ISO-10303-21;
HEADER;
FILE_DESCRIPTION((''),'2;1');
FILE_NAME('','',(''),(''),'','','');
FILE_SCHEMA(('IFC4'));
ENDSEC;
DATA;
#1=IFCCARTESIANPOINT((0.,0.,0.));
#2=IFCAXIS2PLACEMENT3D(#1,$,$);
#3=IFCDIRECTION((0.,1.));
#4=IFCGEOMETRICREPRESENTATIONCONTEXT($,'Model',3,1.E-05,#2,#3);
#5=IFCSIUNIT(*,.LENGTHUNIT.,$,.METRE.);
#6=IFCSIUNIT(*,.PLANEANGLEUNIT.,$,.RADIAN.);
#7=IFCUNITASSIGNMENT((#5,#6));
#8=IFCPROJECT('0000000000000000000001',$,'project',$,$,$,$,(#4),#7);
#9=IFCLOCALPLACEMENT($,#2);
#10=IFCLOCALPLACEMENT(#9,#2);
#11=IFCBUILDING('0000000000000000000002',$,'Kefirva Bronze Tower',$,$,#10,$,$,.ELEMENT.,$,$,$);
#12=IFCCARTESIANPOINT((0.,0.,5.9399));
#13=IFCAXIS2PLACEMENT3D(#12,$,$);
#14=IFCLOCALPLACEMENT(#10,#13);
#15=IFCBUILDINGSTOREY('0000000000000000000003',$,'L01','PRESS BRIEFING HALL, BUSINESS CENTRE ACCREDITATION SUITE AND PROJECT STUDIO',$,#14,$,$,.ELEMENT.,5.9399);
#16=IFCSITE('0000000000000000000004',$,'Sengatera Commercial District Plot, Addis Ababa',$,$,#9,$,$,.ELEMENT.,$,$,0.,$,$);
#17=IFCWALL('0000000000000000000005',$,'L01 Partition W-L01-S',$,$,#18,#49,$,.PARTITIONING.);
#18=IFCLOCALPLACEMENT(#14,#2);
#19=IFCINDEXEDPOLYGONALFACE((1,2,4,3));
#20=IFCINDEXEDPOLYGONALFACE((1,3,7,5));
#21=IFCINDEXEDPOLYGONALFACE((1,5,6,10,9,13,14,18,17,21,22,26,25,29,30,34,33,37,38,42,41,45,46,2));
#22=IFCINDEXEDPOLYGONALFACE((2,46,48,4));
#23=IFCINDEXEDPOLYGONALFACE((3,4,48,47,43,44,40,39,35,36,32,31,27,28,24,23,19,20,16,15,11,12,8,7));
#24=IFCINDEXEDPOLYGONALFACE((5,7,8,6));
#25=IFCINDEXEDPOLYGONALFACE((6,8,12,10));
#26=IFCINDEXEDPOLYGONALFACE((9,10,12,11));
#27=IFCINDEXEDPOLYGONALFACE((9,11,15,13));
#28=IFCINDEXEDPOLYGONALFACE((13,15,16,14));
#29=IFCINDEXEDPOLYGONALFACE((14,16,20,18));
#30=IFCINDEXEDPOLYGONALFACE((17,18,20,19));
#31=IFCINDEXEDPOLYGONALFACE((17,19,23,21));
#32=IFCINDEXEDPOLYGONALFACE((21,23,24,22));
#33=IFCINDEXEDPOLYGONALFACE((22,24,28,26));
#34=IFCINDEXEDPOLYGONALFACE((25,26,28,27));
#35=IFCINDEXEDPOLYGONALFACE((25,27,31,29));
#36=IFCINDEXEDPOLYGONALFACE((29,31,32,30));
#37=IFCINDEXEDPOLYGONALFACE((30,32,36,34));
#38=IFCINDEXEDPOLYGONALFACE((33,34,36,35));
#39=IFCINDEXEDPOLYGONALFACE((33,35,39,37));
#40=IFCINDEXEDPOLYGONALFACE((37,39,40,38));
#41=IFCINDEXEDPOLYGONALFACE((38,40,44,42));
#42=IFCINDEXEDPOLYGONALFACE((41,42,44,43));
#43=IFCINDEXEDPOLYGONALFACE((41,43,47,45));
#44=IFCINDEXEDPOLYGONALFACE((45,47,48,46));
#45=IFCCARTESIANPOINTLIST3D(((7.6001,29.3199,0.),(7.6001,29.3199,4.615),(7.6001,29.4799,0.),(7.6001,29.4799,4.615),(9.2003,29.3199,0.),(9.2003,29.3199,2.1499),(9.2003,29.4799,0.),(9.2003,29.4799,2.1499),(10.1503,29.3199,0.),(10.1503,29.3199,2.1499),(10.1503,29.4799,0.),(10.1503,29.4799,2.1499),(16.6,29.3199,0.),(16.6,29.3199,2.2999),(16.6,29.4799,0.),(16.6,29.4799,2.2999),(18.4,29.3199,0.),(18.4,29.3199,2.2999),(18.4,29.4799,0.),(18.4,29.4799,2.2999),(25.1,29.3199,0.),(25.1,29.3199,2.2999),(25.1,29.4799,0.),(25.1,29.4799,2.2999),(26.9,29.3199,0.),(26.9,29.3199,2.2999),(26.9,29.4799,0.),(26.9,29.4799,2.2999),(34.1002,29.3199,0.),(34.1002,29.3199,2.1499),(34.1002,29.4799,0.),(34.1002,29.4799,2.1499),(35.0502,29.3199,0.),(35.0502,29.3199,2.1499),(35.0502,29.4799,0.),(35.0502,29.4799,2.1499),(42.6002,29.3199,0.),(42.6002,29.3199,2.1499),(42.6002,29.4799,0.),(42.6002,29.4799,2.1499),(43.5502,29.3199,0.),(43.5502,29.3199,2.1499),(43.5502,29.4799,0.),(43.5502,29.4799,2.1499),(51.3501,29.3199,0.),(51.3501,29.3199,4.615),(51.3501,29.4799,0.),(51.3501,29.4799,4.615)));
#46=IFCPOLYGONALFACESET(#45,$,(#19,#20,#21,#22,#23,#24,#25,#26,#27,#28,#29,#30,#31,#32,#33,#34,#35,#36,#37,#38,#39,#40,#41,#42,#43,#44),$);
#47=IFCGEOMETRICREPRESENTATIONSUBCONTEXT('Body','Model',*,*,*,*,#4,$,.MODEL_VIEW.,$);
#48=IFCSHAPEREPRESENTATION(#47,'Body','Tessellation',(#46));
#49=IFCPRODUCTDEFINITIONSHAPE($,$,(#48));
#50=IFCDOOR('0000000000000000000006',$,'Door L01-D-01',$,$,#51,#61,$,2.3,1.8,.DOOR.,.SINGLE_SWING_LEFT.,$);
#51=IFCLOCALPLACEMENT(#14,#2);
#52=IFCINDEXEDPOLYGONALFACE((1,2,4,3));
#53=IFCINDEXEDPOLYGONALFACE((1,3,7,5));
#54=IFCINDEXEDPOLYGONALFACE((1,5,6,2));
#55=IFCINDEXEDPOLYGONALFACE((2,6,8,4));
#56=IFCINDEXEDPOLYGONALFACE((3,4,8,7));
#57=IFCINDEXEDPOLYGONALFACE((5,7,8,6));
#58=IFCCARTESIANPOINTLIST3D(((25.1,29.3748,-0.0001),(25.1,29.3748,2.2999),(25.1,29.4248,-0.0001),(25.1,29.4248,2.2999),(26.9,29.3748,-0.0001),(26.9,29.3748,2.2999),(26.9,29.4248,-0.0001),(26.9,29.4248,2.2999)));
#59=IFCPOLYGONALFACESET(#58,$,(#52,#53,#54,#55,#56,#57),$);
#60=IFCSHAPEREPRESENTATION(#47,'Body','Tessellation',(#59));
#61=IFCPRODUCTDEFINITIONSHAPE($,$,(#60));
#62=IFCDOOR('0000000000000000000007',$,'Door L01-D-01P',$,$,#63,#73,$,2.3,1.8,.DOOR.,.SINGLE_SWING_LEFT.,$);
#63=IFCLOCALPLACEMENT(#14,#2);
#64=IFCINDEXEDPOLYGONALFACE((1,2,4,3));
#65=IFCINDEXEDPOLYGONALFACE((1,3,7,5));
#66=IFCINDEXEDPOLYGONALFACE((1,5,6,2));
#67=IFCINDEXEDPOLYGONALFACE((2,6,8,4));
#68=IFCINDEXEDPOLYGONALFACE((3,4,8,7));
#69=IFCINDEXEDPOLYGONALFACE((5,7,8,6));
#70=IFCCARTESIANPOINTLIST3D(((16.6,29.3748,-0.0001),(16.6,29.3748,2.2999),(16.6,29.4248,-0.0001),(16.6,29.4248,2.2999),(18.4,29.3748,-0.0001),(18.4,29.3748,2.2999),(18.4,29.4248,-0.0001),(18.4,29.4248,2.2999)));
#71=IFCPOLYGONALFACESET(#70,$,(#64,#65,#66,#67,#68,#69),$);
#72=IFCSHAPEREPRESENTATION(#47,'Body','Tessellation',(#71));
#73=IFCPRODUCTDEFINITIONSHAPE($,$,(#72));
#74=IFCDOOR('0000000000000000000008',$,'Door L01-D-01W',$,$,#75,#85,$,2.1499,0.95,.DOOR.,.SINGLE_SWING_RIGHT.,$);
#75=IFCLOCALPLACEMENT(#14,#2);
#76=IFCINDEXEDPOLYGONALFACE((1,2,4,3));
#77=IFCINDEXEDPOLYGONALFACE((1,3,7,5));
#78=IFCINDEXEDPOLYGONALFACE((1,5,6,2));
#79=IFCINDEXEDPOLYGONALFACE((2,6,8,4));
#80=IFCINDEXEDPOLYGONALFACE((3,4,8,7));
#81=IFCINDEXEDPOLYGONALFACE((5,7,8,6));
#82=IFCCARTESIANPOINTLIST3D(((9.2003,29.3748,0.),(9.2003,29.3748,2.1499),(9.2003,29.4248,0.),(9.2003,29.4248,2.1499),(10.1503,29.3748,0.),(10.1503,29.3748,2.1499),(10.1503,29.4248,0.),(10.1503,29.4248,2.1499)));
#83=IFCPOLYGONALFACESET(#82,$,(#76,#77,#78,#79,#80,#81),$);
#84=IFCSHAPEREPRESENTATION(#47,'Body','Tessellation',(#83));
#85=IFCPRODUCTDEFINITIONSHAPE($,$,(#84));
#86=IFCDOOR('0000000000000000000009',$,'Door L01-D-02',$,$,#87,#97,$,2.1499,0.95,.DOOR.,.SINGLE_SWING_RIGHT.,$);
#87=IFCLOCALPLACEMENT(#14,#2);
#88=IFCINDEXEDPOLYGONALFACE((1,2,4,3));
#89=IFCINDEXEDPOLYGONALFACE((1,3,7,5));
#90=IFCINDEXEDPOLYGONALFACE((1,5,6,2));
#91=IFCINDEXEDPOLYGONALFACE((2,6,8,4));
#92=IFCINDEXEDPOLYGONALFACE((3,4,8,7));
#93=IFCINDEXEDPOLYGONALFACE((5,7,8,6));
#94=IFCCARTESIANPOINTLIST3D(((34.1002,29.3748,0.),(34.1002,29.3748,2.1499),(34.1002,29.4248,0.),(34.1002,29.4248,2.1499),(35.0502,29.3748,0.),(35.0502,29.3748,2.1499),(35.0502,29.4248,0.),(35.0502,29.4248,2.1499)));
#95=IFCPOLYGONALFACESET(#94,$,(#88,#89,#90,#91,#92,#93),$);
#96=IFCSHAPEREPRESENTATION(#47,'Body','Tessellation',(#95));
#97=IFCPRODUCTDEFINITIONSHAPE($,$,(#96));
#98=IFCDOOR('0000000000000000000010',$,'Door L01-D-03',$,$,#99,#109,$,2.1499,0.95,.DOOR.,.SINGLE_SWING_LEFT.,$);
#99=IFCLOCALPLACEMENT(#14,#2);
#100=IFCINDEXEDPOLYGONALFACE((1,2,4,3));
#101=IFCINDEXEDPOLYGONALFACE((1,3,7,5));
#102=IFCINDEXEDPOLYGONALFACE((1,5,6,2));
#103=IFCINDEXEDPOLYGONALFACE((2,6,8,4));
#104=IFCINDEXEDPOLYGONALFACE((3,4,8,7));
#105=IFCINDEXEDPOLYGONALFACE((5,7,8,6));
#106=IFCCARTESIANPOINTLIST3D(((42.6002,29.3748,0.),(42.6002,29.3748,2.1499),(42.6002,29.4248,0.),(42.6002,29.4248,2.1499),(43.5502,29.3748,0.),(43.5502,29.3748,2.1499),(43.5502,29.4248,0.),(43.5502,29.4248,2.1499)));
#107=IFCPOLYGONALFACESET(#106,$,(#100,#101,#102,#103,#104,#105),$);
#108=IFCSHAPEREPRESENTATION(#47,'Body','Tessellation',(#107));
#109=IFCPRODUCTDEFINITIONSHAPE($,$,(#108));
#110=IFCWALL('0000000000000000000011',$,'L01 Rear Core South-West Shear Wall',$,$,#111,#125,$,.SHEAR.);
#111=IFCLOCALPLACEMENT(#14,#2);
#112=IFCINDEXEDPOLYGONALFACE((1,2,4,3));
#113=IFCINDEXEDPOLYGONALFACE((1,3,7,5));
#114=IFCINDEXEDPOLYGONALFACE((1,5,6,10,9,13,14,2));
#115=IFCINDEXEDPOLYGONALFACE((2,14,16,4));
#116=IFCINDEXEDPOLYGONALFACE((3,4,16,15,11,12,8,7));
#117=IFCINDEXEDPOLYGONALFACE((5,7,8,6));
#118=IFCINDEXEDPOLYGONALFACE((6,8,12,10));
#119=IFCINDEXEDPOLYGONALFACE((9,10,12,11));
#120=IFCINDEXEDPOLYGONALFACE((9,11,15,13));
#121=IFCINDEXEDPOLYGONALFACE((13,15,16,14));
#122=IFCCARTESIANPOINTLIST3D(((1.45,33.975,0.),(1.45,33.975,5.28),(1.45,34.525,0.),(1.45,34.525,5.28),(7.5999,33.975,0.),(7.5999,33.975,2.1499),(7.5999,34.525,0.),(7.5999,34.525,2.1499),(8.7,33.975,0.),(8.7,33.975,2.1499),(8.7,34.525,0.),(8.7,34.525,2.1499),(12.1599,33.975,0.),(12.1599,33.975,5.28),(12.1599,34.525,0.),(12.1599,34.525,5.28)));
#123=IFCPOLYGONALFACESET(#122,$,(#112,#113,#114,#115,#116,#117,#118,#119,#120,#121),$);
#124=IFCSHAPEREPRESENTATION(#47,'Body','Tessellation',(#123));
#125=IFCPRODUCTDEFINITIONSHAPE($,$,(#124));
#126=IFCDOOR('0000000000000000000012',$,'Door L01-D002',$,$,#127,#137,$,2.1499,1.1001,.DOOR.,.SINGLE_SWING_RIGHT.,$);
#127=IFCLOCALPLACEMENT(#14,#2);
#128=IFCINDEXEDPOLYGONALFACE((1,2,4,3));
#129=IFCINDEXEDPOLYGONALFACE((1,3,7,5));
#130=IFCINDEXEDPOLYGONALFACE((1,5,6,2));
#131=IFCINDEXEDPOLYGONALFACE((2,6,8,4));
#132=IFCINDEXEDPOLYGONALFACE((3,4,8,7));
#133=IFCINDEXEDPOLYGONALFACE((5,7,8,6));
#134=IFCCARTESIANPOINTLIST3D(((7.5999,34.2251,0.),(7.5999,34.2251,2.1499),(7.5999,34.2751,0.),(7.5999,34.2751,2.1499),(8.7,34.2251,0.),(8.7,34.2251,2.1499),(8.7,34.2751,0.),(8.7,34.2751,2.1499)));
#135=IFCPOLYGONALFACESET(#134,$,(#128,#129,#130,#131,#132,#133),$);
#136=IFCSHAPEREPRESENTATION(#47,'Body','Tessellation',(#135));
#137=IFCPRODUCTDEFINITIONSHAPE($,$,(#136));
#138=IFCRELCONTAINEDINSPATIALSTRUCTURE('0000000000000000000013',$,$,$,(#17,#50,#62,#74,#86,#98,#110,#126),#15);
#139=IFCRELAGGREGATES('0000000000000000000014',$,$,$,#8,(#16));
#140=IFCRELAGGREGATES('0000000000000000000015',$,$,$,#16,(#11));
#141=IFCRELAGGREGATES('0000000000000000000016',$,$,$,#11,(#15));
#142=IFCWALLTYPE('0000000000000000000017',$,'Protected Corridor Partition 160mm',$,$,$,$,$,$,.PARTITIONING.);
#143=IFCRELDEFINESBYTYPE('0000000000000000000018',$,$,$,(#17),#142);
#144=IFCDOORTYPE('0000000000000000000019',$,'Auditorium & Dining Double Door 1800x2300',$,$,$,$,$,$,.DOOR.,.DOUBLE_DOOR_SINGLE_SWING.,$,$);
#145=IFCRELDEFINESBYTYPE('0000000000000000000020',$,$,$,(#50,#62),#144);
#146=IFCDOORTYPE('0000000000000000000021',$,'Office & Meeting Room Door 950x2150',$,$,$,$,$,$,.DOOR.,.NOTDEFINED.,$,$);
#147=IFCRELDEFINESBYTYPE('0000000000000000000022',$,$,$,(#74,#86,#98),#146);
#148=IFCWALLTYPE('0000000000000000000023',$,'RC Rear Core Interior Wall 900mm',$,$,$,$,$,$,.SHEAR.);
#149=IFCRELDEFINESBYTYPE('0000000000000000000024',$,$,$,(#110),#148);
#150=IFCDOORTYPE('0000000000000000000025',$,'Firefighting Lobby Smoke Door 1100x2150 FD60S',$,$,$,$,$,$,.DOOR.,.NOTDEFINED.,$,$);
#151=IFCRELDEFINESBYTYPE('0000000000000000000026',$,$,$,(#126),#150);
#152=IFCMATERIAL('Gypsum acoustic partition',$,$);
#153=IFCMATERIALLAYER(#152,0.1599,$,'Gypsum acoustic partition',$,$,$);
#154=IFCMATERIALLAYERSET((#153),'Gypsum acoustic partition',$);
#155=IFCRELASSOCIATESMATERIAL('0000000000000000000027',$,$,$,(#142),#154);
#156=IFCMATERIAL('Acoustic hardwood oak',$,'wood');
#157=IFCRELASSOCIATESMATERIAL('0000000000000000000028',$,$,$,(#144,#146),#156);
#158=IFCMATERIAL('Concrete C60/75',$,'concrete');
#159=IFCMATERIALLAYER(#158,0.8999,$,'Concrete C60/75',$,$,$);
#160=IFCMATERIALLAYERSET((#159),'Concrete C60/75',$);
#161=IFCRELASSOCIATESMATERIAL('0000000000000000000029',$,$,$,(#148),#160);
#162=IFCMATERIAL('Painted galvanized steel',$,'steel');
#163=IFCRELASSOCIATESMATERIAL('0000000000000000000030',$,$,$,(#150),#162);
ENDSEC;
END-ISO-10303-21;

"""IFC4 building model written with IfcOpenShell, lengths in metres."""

from ifc_helpers import new_model, si_unit, direction, frame, frame_2d, origin, place, context, subcontext, project, spatial, rectangle, extrude, material, layer, layer_set, type_object, element, fill, save


model = new_model("IFC4")

# Units and contexts
model_context = context("Model", 3, precision=1e-05, world=origin(), true_north=direction((0.0, 1.0)))
body_context = subcontext(model_context, "Body", "Model", "MODEL_VIEW")
ifc_project = project(units=[si_unit("LENGTHUNIT", "METRE"), si_unit("PLANEANGLEUNIT", "RADIAN")], contexts=[model_context])

# Site, building, storey
site_placement = place(None, origin())
site = spatial("IfcSite", under=ifc_project, at=site_placement, Name="Sengatera Commercial District Plot, Addis Ababa", CompositionType="ELEMENT", RefElevation=0.0)
building_placement = place(site_placement, origin())
building = spatial("IfcBuilding", under=site, at=building_placement, Name="Kefirva Bronze Tower", CompositionType="ELEMENT")
storey_placement = place(building_placement, frame((0.0, 0.0, 5.9399)))
storey = spatial("IfcBuildingStorey", under=building, at=storey_placement, Name="L01", Description="PRESS BRIEFING HALL, BUSINESS CENTRE ACCREDITATION SUITE AND PROJECT STUDIO", CompositionType="ELEMENT", Elevation=5.9399)

# Shared definitions
ifc_material_1 = material(Name="Concrete C60/75", Category="concrete")

# Wall, openings, doors
ifc_material_2 = material(Name="Gypsum acoustic partition")
ifc_layer_1 = layer(ifc_material_2, 0.1599, Name="Gypsum acoustic partition")
ifc_layer_set_1 = layer_set([ifc_layer_1], Name="Gypsum acoustic partition")
wall_type_1 = type_object("IfcWallType", Name="Protected Corridor Partition 160mm", PredefinedType="PARTITIONING", material=ifc_layer_set_1)
wall_1_placement = place(storey_placement, frame((7.6001, 29.3999, 0.0), z_axis=(0.0, 0.0, 1.0), x_axis=(1.0, 0.0, 0.0)))
wall_1 = element("IfcWall", 1, at=wall_1_placement, inside=storey, type_object=wall_type_1, Name="L01 Partition W-L01-S", PredefinedType="PARTITIONING", context=body_context, shape_type="SweptSolid", body=[
    extrude(rectangle(XDim=43.75, YDim=0.1599, at=frame_2d((21.875, 0.0))), origin(), (0.0, 0.0, 1.0), 4.615),
])
opening_1_placement = place(wall_1_placement, frame((17.5, 0.0, 0.0)))
opening_1 = element("IfcOpeningElement", 2, at=opening_1_placement, cuts=wall_1, PredefinedType="OPENING", context=body_context, shape_type="SweptSolid", body=[
    extrude(rectangle(XDim=1.8, YDim=2.3, at=frame_2d((0.8999, 1.1499))), frame((0.0, 0.0898, 0.0), z_axis=(0.0, -1.0, 0.0), x_axis=(1.0, 0.0, 0.0)), (0.0, 0.0, 1.0), 0.1799),
])
opening_2_placement = place(wall_1_placement, frame((1.6001, 0.0, 0.0)))
opening_2 = element("IfcOpeningElement", 3, at=opening_2_placement, cuts=wall_1, PredefinedType="OPENING", context=body_context, shape_type="SweptSolid", body=[
    extrude(rectangle(XDim=0.95, YDim=2.1499, at=frame_2d((0.4751, 1.075))), frame((0.0, 0.0898, 0.0), z_axis=(0.0, -1.0, 0.0), x_axis=(1.0, 0.0, 0.0)), (0.0, 0.0, 1.0), 0.1799),
])
opening_3_placement = place(wall_1_placement, frame((9.0, 0.0, 0.0)))
opening_3 = element("IfcOpeningElement", 4, at=opening_3_placement, cuts=wall_1, PredefinedType="OPENING", context=body_context, shape_type="SweptSolid", body=[
    extrude(rectangle(XDim=1.8, YDim=2.3, at=frame_2d((0.8999, 1.1499))), frame((0.0, 0.0898, 0.0), z_axis=(0.0, -1.0, 0.0), x_axis=(1.0, 0.0, 0.0)), (0.0, 0.0, 1.0), 0.1799),
])
opening_4_placement = place(wall_1_placement, frame((26.5, 0.0, 0.0)))
opening_4 = element("IfcOpeningElement", 5, at=opening_4_placement, cuts=wall_1, PredefinedType="OPENING", context=body_context, shape_type="SweptSolid", body=[
    extrude(rectangle(XDim=0.95, YDim=2.1499, at=frame_2d((0.4751, 1.075))), frame((0.0, 0.0898, 0.0), z_axis=(0.0, -1.0, 0.0), x_axis=(1.0, 0.0, 0.0)), (0.0, 0.0, 1.0), 0.1799),
])
opening_5_placement = place(wall_1_placement, frame((35.0, 0.0, 0.0)))
opening_5 = element("IfcOpeningElement", 6, at=opening_5_placement, cuts=wall_1, PredefinedType="OPENING", context=body_context, shape_type="SweptSolid", body=[
    extrude(rectangle(XDim=0.95, YDim=2.1499, at=frame_2d((0.4751, 1.075))), frame((0.0, 0.0898, 0.0), z_axis=(0.0, -1.0, 0.0), x_axis=(1.0, 0.0, 0.0)), (0.0, 0.0, 1.0), 0.1799),
])
ifc_material_3 = material(Name="Acoustic hardwood oak", Category="wood")
door_type_1 = type_object("IfcDoorType", Name="Auditorium & Dining Double Door 1800x2300", OperationType="DOUBLE_DOOR_SINGLE_SWING", PredefinedType="DOOR", material=ifc_material_3)
door_1_placement = place(opening_1_placement, origin())
door_1 = element("IfcDoor", 7, at=door_1_placement, inside=storey, type_object=door_type_1, Name="Door L01-D-01", OperationType="SINGLE_SWING_LEFT", OverallHeight=2.3, OverallWidth=1.8, PredefinedType="DOOR", context=body_context, shape_type="SweptSolid", body=[
    extrude(rectangle(XDim=1.8, YDim=2.3, at=frame_2d((0.8999, 1.1499))), frame((0.0, 0.0249, 0.0), z_axis=(0.0, -1.0, 0.0), x_axis=(1.0, 0.0, 0.0)), (0.0, 0.0, 1.0), 0.05),
])
fill(opening_1, door_1)
door_2_placement = place(opening_3_placement, origin())
door_2 = element("IfcDoor", 8, at=door_2_placement, inside=storey, type_object=door_type_1, Name="Door L01-D-01P", OperationType="SINGLE_SWING_LEFT", OverallHeight=2.3, OverallWidth=1.8, PredefinedType="DOOR", context=body_context, shape_type="SweptSolid", body=[
    extrude(rectangle(XDim=1.8, YDim=2.3, at=frame_2d((0.8999, 1.1499))), frame((0.0, 0.0249, 0.0), z_axis=(0.0, -1.0, 0.0), x_axis=(1.0, 0.0, 0.0)), (0.0, 0.0, 1.0), 0.05),
])
fill(opening_3, door_2)
door_type_2 = type_object("IfcDoorType", Name="Office & Meeting Room Door 950x2150", OperationType="NOTDEFINED", PredefinedType="DOOR", material=ifc_material_3)
door_3_placement = place(opening_2_placement, origin())
door_3 = element("IfcDoor", 9, at=door_3_placement, inside=storey, type_object=door_type_2, Name="Door L01-D-01W", OperationType="SINGLE_SWING_RIGHT", OverallHeight=2.1499, OverallWidth=0.95, PredefinedType="DOOR", context=body_context, shape_type="SweptSolid", body=[
    extrude(rectangle(XDim=0.95, YDim=2.1499, at=frame_2d((0.4751, 1.075))), frame((0.0, 0.0249, 0.0), z_axis=(0.0, -1.0, 0.0), x_axis=(1.0, 0.0, 0.0)), (0.0, 0.0, 1.0), 0.05),
])
fill(opening_2, door_3)
door_4_placement = place(opening_4_placement, origin())
door_4 = element("IfcDoor", 10, at=door_4_placement, inside=storey, type_object=door_type_2, Name="Door L01-D-02", OperationType="SINGLE_SWING_RIGHT", OverallHeight=2.1499, OverallWidth=0.95, PredefinedType="DOOR", context=body_context, shape_type="SweptSolid", body=[
    extrude(rectangle(XDim=0.95, YDim=2.1499, at=frame_2d((0.4751, 1.075))), frame((0.0, 0.0249, 0.0), z_axis=(0.0, -1.0, 0.0), x_axis=(1.0, 0.0, 0.0)), (0.0, 0.0, 1.0), 0.05),
])
fill(opening_4, door_4)
door_5_placement = place(opening_5_placement, origin())
door_5 = element("IfcDoor", 11, at=door_5_placement, inside=storey, type_object=door_type_2, Name="Door L01-D-03", OperationType="SINGLE_SWING_LEFT", OverallHeight=2.1499, OverallWidth=0.95, PredefinedType="DOOR", context=body_context, shape_type="SweptSolid", body=[
    extrude(rectangle(XDim=0.95, YDim=2.1499, at=frame_2d((0.4751, 1.075))), frame((0.0, 0.0249, 0.0), z_axis=(0.0, -1.0, 0.0), x_axis=(1.0, 0.0, 0.0)), (0.0, 0.0, 1.0), 0.05),
])
fill(opening_5, door_5)

# Wall, opening, door
ifc_layer_2 = layer(ifc_material_1, 0.8999, Name="Concrete C60/75")
ifc_layer_set_2 = layer_set([ifc_layer_2], Name="Concrete C60/75")
wall_type_2 = type_object("IfcWallType", Name="RC Rear Core Interior Wall 900mm", PredefinedType="SHEAR", material=ifc_layer_set_2)
wall_2_placement = place(storey_placement, frame((1.45, 34.25, 0.0), z_axis=(0.0, 0.0, 1.0), x_axis=(1.0, 0.0, 0.0)))
wall_2 = element("IfcWall", 12, at=wall_2_placement, inside=storey, type_object=wall_type_2, Name="L01 Rear Core South-West Shear Wall", PredefinedType="SHEAR", context=body_context, shape_type="SweptSolid", body=[
    extrude(rectangle(XDim=10.71, YDim=0.55, at=frame_2d((5.355, 0.0))), origin(), (0.0, 0.0, 1.0), 5.28),
])
opening_6_placement = place(wall_2_placement, frame((7.25, 0.0, 0.0), z_axis=(0.0, 0.0, 1.0), x_axis=(-1.0, 0.0, 0.0)))
opening_6 = element("IfcOpeningElement", 13, at=opening_6_placement, cuts=wall_2, PredefinedType="OPENING", context=body_context, shape_type="SweptSolid", body=[
    extrude(rectangle(XDim=1.1001, YDim=2.1499, at=frame_2d((0.55, 1.075))), frame((0.0, 0.2852, 0.0), z_axis=(0.0, -1.0, 0.0), x_axis=(1.0, 0.0, 0.0)), (0.0, 0.0, 1.0), 0.5701),
])
ifc_material_4 = material(Name="Painted galvanized steel", Category="steel")
door_type_3 = type_object("IfcDoorType", Name="Firefighting Lobby Smoke Door 1100x2150 FD60S", OperationType="NOTDEFINED", PredefinedType="DOOR", material=ifc_material_4)
door_6_placement = place(opening_6_placement, origin())
door_6 = element("IfcDoor", 14, at=door_6_placement, inside=storey, type_object=door_type_3, Name="Door L01-D002", OperationType="SINGLE_SWING_RIGHT", OverallHeight=2.1499, OverallWidth=1.1001, PredefinedType="DOOR", context=body_context, shape_type="SweptSolid", body=[
    extrude(rectangle(XDim=1.1001, YDim=2.1499, at=frame_2d((0.55, 1.075))), frame((0.0, 0.0249, 0.0), z_axis=(0.0, -1.0, 0.0), x_axis=(1.0, 0.0, 0.0)), (0.0, 0.0, 1.0), 0.05),
])
fill(opening_6, door_6)

save(model, "model.ifc")
